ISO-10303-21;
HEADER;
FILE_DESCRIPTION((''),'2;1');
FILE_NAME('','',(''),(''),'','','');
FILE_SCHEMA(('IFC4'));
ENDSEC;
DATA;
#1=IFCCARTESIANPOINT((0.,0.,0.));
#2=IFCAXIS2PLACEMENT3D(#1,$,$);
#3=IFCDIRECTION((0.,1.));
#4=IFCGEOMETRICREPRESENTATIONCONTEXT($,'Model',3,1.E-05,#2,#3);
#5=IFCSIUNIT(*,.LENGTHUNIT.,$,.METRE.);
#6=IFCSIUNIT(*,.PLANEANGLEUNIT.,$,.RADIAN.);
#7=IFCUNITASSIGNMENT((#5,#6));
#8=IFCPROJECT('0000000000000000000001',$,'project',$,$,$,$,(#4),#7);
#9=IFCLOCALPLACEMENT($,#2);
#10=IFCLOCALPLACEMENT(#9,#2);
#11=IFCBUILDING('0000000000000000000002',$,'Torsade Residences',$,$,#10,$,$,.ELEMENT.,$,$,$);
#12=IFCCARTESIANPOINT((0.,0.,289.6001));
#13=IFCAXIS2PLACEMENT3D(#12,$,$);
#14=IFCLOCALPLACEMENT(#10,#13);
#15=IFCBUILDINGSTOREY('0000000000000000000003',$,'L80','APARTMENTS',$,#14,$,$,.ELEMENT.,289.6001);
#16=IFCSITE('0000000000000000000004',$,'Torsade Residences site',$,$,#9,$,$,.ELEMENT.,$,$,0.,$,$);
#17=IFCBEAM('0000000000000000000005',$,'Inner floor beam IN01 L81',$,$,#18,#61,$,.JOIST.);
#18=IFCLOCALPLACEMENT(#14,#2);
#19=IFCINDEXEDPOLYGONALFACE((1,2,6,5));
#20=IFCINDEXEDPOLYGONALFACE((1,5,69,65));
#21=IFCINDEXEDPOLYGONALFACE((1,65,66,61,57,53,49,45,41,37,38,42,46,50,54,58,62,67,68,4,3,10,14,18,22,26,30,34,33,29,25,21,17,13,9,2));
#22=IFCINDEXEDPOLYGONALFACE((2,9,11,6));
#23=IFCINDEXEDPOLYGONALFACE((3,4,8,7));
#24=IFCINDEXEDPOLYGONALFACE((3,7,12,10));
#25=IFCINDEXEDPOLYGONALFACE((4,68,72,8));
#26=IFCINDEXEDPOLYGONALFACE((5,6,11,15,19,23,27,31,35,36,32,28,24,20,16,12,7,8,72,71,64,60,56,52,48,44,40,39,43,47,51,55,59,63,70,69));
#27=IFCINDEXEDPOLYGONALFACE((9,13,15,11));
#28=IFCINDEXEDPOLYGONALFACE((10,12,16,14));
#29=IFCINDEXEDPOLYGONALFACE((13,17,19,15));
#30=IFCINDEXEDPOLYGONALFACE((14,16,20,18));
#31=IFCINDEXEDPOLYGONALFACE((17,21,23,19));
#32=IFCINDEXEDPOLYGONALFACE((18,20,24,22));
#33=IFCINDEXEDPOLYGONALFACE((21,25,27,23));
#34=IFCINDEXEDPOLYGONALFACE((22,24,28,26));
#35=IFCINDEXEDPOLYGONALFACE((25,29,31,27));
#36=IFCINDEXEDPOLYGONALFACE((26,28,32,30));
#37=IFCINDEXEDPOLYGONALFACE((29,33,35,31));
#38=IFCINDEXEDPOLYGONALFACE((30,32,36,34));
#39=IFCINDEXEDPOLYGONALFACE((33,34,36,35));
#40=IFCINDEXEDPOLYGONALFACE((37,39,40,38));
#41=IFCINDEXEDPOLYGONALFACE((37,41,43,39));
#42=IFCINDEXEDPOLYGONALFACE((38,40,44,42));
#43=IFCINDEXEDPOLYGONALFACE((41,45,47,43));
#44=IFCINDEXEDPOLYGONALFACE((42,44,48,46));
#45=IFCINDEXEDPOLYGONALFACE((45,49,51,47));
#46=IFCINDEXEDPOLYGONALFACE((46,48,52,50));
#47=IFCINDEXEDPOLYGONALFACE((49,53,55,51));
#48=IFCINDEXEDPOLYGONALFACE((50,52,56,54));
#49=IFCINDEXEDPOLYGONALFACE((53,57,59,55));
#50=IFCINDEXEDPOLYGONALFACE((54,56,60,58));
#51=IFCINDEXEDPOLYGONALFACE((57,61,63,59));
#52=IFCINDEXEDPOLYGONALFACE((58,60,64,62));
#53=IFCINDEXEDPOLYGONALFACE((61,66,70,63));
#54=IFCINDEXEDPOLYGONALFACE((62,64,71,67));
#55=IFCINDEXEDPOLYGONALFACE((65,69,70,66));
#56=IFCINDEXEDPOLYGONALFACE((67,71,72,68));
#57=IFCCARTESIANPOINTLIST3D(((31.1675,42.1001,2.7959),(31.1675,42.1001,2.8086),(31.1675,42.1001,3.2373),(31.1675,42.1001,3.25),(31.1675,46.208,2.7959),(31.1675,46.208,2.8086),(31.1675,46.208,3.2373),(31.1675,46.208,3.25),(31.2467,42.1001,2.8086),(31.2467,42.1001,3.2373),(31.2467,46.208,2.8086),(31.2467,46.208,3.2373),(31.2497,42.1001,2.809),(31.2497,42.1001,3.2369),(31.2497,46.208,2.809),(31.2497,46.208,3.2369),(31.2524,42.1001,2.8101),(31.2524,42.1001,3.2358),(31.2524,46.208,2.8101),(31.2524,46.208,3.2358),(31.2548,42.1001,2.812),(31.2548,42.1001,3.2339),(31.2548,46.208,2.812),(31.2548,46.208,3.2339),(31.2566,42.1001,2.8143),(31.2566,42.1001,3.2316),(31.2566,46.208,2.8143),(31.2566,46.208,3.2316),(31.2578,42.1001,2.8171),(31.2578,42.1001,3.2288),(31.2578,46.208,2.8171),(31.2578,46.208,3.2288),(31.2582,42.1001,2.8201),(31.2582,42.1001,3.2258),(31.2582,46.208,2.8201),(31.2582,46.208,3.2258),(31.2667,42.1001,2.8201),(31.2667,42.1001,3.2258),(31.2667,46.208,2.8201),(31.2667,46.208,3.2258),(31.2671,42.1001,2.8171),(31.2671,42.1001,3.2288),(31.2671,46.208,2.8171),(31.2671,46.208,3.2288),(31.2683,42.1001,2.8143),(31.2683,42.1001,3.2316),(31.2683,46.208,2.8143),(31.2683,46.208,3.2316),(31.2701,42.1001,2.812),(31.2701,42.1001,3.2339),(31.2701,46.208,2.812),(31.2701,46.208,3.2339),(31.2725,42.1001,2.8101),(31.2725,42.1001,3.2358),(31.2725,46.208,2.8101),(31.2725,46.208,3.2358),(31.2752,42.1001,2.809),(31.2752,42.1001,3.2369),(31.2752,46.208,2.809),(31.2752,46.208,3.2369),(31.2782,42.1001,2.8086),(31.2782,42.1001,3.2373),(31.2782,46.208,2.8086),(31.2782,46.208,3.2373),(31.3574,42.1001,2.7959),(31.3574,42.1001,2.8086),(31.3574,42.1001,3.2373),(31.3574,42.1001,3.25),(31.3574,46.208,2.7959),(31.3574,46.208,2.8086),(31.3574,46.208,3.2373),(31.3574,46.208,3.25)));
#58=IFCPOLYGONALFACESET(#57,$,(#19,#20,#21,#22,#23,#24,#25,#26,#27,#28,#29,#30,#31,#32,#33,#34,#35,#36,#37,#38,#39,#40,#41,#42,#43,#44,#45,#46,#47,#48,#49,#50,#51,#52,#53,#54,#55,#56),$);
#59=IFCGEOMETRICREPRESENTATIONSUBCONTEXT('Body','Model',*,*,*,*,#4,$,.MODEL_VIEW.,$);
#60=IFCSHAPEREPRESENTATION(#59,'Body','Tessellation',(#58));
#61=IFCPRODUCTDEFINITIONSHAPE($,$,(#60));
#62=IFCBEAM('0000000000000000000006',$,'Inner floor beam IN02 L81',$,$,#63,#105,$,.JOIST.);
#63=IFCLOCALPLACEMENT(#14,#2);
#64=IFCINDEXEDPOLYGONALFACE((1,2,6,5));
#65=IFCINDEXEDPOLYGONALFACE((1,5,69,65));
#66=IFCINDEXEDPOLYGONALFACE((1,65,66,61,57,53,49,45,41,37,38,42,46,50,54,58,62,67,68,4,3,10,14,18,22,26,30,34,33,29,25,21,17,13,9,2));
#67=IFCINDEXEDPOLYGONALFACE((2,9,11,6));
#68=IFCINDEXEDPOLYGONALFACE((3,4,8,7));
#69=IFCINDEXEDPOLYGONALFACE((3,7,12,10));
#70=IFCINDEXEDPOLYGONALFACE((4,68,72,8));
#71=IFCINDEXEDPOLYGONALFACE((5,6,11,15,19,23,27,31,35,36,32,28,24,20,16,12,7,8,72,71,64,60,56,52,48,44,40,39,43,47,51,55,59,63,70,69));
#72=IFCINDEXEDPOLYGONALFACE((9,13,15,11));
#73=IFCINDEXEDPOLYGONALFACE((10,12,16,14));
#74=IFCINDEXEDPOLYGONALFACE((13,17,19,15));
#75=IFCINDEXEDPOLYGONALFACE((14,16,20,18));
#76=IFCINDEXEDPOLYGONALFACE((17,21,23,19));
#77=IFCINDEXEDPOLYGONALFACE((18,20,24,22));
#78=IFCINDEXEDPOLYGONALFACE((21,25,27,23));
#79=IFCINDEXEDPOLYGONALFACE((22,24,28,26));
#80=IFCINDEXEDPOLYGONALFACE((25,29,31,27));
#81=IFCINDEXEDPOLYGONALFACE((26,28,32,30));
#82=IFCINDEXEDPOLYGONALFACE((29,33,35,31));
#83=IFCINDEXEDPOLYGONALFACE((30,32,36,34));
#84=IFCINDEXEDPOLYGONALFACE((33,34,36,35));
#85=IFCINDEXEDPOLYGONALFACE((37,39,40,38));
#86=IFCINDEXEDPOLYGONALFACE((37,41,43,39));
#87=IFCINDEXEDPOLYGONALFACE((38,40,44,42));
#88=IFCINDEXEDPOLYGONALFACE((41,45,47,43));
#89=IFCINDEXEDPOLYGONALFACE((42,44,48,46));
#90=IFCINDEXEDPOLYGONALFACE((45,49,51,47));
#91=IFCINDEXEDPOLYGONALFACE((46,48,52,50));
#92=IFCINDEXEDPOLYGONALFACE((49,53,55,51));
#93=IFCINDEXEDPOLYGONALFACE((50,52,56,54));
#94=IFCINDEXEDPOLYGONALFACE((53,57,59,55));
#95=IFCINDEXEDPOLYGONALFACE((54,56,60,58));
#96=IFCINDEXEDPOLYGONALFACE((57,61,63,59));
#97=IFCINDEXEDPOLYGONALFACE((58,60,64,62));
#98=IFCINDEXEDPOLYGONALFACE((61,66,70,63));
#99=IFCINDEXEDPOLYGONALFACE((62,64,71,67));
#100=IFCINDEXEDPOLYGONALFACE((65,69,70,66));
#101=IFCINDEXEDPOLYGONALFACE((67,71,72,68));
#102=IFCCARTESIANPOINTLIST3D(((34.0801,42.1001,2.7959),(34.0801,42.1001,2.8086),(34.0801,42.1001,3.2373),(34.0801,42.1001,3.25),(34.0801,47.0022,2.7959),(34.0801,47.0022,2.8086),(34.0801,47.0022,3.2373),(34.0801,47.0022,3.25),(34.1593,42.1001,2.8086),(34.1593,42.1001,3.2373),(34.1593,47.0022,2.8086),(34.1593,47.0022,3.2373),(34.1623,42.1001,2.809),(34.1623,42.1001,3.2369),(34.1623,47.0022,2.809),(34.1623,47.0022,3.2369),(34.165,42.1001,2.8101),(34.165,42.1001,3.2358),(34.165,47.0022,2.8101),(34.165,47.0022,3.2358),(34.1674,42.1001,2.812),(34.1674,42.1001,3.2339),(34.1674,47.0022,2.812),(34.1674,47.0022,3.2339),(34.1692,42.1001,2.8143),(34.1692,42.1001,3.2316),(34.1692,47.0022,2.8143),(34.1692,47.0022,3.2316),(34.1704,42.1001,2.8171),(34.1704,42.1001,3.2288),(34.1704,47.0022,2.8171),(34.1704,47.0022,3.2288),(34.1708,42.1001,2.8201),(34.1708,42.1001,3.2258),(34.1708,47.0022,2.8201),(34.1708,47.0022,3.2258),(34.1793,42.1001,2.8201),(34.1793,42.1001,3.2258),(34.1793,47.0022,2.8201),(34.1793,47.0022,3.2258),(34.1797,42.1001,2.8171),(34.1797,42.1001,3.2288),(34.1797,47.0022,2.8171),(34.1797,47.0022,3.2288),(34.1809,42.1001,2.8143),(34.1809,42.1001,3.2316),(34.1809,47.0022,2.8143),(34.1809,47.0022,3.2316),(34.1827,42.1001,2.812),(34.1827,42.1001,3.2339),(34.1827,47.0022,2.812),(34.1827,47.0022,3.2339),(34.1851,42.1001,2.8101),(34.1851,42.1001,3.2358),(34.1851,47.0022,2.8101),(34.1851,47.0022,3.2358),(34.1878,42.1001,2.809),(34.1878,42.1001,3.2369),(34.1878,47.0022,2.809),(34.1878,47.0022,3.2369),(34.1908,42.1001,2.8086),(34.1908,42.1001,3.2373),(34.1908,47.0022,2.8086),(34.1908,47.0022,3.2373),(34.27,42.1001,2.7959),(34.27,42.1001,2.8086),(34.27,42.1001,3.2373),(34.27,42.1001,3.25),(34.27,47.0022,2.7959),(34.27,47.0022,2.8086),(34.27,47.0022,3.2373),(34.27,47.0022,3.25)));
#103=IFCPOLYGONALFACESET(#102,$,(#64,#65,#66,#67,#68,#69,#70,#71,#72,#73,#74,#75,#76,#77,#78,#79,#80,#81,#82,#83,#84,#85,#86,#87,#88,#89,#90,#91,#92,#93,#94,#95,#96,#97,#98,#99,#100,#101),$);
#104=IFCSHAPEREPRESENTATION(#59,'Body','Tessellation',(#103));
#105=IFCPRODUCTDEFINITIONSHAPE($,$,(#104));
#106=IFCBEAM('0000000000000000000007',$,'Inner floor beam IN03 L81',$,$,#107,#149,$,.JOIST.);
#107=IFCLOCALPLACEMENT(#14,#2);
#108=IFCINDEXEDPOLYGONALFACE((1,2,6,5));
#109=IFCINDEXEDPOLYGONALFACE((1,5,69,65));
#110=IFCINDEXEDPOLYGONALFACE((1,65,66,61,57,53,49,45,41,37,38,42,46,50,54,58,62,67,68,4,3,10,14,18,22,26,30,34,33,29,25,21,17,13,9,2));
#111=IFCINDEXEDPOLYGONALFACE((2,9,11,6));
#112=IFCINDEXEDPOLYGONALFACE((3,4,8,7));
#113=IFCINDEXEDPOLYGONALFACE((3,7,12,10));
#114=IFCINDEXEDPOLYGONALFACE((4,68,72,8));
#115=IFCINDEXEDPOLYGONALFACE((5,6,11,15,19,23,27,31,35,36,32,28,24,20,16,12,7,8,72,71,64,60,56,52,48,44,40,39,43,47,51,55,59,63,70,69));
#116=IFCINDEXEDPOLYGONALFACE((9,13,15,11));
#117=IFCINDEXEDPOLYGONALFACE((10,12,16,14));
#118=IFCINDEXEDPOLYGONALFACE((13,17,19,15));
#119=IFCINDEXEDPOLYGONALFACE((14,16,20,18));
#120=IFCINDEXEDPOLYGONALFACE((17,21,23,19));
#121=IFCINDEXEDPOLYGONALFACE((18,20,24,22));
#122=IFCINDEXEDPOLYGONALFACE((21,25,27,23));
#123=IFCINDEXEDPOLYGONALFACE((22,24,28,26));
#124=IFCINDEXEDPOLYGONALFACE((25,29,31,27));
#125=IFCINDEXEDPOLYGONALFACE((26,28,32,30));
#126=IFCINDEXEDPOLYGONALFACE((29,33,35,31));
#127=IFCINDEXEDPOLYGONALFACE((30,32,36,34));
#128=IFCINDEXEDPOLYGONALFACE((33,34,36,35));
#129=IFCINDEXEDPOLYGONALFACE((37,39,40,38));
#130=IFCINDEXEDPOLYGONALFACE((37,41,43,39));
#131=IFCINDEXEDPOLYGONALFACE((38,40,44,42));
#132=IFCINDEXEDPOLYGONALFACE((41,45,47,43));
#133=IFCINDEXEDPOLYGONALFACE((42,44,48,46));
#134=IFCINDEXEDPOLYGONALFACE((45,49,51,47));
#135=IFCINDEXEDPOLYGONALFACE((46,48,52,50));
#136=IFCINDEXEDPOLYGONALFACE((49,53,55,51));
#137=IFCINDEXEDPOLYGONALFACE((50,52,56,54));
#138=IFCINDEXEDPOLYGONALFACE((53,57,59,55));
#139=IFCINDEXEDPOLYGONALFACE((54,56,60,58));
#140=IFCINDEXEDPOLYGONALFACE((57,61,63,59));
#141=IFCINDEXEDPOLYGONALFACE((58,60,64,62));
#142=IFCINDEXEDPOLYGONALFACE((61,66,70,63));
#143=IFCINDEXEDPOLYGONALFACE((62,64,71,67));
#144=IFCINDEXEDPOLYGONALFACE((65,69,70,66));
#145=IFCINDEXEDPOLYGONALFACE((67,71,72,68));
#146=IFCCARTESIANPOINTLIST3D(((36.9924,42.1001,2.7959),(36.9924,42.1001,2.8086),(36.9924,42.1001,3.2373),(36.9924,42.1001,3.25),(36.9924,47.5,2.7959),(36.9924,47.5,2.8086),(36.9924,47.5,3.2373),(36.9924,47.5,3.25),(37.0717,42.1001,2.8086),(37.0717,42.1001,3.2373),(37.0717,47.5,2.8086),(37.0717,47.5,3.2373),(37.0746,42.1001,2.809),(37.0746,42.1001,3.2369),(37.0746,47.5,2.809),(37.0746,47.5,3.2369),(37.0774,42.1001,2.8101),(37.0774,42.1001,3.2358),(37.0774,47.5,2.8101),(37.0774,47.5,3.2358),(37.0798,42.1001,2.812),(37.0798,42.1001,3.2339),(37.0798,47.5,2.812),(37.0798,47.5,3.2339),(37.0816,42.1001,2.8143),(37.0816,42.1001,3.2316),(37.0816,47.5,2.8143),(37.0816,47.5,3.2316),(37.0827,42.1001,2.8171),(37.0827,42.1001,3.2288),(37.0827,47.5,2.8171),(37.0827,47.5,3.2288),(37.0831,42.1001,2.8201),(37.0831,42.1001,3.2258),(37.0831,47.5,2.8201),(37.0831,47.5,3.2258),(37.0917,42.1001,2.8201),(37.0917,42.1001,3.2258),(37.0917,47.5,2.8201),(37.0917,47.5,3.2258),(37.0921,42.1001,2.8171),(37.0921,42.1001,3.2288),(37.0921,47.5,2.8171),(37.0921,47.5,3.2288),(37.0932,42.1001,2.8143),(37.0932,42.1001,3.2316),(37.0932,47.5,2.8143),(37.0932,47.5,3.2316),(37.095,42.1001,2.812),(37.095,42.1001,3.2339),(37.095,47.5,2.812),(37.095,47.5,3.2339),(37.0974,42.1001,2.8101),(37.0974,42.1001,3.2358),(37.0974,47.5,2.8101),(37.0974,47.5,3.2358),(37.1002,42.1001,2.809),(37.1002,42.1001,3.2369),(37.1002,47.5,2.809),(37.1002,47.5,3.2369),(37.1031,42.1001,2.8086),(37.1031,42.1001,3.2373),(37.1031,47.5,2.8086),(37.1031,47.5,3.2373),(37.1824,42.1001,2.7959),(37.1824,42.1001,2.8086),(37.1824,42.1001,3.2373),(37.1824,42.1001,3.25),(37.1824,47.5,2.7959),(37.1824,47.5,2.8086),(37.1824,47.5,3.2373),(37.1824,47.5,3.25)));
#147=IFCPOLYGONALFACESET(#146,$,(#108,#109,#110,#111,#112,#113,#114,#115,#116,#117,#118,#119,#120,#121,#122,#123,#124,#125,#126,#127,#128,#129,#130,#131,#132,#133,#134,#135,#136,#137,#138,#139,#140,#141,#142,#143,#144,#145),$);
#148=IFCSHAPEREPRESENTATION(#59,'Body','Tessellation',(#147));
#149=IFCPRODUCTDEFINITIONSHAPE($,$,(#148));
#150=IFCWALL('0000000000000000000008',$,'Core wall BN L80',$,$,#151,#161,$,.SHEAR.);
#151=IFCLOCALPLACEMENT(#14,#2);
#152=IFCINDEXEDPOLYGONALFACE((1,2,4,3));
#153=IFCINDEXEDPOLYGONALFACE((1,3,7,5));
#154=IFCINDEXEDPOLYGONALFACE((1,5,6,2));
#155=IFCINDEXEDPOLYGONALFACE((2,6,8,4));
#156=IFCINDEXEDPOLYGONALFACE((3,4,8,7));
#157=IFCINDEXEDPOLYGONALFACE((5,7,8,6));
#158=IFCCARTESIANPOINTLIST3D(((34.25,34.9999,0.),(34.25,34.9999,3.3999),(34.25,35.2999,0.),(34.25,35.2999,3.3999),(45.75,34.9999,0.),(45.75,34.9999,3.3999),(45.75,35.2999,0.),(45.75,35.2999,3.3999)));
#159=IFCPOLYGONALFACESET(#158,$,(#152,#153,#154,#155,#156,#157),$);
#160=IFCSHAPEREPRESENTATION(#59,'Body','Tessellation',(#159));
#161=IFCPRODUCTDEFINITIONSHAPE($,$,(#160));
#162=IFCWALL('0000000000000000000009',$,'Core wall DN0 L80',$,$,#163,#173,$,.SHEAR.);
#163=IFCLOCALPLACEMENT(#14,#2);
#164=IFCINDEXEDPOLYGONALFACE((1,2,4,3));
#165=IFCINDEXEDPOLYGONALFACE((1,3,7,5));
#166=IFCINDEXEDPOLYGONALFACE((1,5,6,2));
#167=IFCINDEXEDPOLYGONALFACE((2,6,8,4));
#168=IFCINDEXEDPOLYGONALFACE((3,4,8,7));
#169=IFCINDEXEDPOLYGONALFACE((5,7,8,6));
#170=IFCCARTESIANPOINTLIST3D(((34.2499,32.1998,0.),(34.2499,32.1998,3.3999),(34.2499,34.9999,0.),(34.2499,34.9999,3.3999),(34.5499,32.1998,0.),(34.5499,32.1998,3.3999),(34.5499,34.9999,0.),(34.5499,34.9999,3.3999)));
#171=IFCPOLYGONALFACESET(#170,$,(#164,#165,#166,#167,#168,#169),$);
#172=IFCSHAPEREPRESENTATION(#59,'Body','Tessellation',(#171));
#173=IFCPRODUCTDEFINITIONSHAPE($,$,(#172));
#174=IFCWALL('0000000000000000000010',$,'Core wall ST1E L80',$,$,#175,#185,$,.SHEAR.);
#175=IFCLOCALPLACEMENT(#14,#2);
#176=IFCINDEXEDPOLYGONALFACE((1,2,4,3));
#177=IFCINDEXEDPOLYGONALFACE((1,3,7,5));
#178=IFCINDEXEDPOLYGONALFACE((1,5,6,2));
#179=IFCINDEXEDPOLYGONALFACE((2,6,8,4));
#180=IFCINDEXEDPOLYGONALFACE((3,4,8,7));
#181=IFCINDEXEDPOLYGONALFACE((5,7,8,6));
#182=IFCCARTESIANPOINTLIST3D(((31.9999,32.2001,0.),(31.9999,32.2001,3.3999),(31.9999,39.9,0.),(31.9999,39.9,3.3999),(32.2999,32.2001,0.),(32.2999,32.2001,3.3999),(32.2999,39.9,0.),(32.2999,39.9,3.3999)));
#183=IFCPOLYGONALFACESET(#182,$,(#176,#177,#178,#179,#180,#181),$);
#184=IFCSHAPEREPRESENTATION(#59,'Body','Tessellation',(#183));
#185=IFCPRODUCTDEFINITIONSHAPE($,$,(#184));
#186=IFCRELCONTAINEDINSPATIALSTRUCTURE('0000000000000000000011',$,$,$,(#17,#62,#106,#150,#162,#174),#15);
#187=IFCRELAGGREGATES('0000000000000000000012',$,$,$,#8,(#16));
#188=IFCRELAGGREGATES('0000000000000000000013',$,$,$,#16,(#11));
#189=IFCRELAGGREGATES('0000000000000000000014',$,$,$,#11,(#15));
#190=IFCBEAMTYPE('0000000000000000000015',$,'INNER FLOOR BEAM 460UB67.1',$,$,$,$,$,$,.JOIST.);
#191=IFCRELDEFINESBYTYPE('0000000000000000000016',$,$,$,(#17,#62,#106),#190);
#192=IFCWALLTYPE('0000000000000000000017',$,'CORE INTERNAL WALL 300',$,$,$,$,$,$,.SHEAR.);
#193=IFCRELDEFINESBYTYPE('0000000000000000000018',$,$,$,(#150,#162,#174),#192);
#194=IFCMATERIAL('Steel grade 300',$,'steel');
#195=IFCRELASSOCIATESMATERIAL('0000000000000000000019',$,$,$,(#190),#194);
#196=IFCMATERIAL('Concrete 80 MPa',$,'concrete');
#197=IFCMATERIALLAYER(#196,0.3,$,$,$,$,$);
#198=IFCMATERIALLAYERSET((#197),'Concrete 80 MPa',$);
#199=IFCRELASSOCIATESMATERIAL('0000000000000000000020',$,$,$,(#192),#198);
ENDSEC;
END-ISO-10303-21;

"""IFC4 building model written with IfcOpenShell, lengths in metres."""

from ifc_helpers import new_model, si_unit, direction, frame, frame_2d, origin, origin_2d, place, context, subcontext, project, spatial, rectangle, i_section, extrude, material, layer, layer_set, material_profile, profile_set, type_object, element, save


model = new_model("IFC4")

# Units and contexts
model_context = context("Model", 3, precision=1e-05, world=origin(), true_north=direction((0.0, 1.0)))
body_context = subcontext(model_context, "Body", "Model", "MODEL_VIEW")
ifc_project = project(units=[si_unit("LENGTHUNIT", "METRE"), si_unit("PLANEANGLEUNIT", "RADIAN")], contexts=[model_context])

# Site, building, storey
site_placement = place(None, origin())
site = spatial("IfcSite", under=ifc_project, at=site_placement, Name="Torsade Residences site", CompositionType="ELEMENT", RefElevation=0.0)
building_placement = place(site_placement, origin())
building = spatial("IfcBuilding", under=site, at=building_placement, Name="Torsade Residences", CompositionType="ELEMENT")
storey_placement = place(building_placement, frame((0.0, 0.0, 289.6001)))
storey = spatial("IfcBuildingStorey", under=building, at=storey_placement, Name="L80", Description="APARTMENTS", CompositionType="ELEMENT", Elevation=289.6001)

# Beams
ifc_material_1 = material(Name="Steel grade 300", Category="steel")
ifc_material_profile = material_profile(ifc_material_1, i_section(OverallWidth=0.1899, OverallDepth=0.4541, WebThickness=0.0085, FlangeThickness=0.0127, FilletRadius=0.0115, at=origin_2d()), Name="460UB67.1")
ifc_profile_set = profile_set([ifc_material_profile], Name="Steel grade 300")
beam_type = type_object("IfcBeamType", Name="INNER FLOOR BEAM 460UB67.1", PredefinedType="JOIST", material=ifc_profile_set)
beam_1_placement = place(storey_placement, frame((31.2625, 42.1001, 3.0229), z_axis=(0.0, 1.0, 0.0), x_axis=(-1.0, 0.0, 0.0)))
element("IfcBeam", 1, at=beam_1_placement, inside=storey, type_object=beam_type, Name="Inner floor beam IN01 L81", PredefinedType="JOIST", context=body_context, shape_type="SweptSolid", body=[
    extrude(i_section(OverallWidth=0.1899, OverallDepth=0.4541, WebThickness=0.0085, FlangeThickness=0.0127, FilletRadius=0.0115, at=origin_2d()), origin(), (0.0, 0.0, 1.0), 4.1079),
])
beam_2_placement = place(storey_placement, frame((34.175, 42.1001, 3.0229), z_axis=(0.0, 1.0, 0.0), x_axis=(-1.0, 0.0, 0.0)))
element("IfcBeam", 2, at=beam_2_placement, inside=storey, type_object=beam_type, Name="Inner floor beam IN02 L81", PredefinedType="JOIST", context=body_context, shape_type="SweptSolid", body=[
    extrude(i_section(OverallWidth=0.1899, OverallDepth=0.4541, WebThickness=0.0085, FlangeThickness=0.0127, FilletRadius=0.0115, at=origin_2d()), origin(), (0.0, 0.0, 1.0), 4.9021),
])
beam_3_placement = place(storey_placement, frame((37.0874, 42.1001, 3.0229), z_axis=(0.0, 1.0, 0.0), x_axis=(-1.0, 0.0, 0.0)))
element("IfcBeam", 3, at=beam_3_placement, inside=storey, type_object=beam_type, Name="Inner floor beam IN03 L81", PredefinedType="JOIST", context=body_context, shape_type="SweptSolid", body=[
    extrude(i_section(OverallWidth=0.1899, OverallDepth=0.4541, WebThickness=0.0085, FlangeThickness=0.0127, FilletRadius=0.0115, at=origin_2d()), origin(), (0.0, 0.0, 1.0), 5.3999),
])

# Walls
ifc_material_2 = material(Name="Concrete 80 MPa", Category="concrete")
ifc_layer_1 = layer(ifc_material_2, 0.3)
ifc_layer_set_1 = layer_set([ifc_layer_1], Name="Concrete 80 MPa")
wall_type_1 = type_object("IfcWallType", Name="CORE INTERNAL WALL 300", PredefinedType="SHEAR", material=ifc_layer_set_1)
wall_1_placement = place(storey_placement, frame((34.25, 35.1499, 0.0), z_axis=(0.0, 0.0, 1.0), x_axis=(1.0, 0.0, 0.0)))
element("IfcWall", 4, at=wall_1_placement, inside=storey, type_object=wall_type_1, Name="Core wall BN L80", PredefinedType="SHEAR", context=body_context, shape_type="SweptSolid", body=[
    extrude(rectangle(XDim=11.5, YDim=0.3, at=frame_2d((5.75, 0.0))), origin(), (0.0, 0.0, 1.0), 3.3999),
])
wall_2_placement = place(storey_placement, frame((34.3999, 32.2, 0.0), z_axis=(0.0, 0.0, 1.0), x_axis=(0.0, 1.0, 0.0)))
element("IfcWall", 5, at=wall_2_placement, inside=storey, type_object=wall_type_1, Name="Core wall DN0 L80", PredefinedType="SHEAR", context=body_context, shape_type="SweptSolid", body=[
    extrude(rectangle(XDim=2.8, YDim=0.3, at=frame_2d((1.3999, 0.0))), origin(), (0.0, 0.0, 1.0), 3.3999),
])
wall_3_placement = place(storey_placement, frame((32.1499, 32.2, 0.0), z_axis=(0.0, 0.0, 1.0), x_axis=(0.0, 1.0, 0.0)))
element("IfcWall", 6, at=wall_3_placement, inside=storey, type_object=wall_type_1, Name="Core wall ST1E L80", PredefinedType="SHEAR", context=body_context, shape_type="SweptSolid", body=[
    extrude(rectangle(XDim=7.7, YDim=0.3, at=frame_2d((3.8501, 0.0))), origin(), (0.0, 0.0, 1.0), 3.3999),
])

save(model, "model.ifc")
